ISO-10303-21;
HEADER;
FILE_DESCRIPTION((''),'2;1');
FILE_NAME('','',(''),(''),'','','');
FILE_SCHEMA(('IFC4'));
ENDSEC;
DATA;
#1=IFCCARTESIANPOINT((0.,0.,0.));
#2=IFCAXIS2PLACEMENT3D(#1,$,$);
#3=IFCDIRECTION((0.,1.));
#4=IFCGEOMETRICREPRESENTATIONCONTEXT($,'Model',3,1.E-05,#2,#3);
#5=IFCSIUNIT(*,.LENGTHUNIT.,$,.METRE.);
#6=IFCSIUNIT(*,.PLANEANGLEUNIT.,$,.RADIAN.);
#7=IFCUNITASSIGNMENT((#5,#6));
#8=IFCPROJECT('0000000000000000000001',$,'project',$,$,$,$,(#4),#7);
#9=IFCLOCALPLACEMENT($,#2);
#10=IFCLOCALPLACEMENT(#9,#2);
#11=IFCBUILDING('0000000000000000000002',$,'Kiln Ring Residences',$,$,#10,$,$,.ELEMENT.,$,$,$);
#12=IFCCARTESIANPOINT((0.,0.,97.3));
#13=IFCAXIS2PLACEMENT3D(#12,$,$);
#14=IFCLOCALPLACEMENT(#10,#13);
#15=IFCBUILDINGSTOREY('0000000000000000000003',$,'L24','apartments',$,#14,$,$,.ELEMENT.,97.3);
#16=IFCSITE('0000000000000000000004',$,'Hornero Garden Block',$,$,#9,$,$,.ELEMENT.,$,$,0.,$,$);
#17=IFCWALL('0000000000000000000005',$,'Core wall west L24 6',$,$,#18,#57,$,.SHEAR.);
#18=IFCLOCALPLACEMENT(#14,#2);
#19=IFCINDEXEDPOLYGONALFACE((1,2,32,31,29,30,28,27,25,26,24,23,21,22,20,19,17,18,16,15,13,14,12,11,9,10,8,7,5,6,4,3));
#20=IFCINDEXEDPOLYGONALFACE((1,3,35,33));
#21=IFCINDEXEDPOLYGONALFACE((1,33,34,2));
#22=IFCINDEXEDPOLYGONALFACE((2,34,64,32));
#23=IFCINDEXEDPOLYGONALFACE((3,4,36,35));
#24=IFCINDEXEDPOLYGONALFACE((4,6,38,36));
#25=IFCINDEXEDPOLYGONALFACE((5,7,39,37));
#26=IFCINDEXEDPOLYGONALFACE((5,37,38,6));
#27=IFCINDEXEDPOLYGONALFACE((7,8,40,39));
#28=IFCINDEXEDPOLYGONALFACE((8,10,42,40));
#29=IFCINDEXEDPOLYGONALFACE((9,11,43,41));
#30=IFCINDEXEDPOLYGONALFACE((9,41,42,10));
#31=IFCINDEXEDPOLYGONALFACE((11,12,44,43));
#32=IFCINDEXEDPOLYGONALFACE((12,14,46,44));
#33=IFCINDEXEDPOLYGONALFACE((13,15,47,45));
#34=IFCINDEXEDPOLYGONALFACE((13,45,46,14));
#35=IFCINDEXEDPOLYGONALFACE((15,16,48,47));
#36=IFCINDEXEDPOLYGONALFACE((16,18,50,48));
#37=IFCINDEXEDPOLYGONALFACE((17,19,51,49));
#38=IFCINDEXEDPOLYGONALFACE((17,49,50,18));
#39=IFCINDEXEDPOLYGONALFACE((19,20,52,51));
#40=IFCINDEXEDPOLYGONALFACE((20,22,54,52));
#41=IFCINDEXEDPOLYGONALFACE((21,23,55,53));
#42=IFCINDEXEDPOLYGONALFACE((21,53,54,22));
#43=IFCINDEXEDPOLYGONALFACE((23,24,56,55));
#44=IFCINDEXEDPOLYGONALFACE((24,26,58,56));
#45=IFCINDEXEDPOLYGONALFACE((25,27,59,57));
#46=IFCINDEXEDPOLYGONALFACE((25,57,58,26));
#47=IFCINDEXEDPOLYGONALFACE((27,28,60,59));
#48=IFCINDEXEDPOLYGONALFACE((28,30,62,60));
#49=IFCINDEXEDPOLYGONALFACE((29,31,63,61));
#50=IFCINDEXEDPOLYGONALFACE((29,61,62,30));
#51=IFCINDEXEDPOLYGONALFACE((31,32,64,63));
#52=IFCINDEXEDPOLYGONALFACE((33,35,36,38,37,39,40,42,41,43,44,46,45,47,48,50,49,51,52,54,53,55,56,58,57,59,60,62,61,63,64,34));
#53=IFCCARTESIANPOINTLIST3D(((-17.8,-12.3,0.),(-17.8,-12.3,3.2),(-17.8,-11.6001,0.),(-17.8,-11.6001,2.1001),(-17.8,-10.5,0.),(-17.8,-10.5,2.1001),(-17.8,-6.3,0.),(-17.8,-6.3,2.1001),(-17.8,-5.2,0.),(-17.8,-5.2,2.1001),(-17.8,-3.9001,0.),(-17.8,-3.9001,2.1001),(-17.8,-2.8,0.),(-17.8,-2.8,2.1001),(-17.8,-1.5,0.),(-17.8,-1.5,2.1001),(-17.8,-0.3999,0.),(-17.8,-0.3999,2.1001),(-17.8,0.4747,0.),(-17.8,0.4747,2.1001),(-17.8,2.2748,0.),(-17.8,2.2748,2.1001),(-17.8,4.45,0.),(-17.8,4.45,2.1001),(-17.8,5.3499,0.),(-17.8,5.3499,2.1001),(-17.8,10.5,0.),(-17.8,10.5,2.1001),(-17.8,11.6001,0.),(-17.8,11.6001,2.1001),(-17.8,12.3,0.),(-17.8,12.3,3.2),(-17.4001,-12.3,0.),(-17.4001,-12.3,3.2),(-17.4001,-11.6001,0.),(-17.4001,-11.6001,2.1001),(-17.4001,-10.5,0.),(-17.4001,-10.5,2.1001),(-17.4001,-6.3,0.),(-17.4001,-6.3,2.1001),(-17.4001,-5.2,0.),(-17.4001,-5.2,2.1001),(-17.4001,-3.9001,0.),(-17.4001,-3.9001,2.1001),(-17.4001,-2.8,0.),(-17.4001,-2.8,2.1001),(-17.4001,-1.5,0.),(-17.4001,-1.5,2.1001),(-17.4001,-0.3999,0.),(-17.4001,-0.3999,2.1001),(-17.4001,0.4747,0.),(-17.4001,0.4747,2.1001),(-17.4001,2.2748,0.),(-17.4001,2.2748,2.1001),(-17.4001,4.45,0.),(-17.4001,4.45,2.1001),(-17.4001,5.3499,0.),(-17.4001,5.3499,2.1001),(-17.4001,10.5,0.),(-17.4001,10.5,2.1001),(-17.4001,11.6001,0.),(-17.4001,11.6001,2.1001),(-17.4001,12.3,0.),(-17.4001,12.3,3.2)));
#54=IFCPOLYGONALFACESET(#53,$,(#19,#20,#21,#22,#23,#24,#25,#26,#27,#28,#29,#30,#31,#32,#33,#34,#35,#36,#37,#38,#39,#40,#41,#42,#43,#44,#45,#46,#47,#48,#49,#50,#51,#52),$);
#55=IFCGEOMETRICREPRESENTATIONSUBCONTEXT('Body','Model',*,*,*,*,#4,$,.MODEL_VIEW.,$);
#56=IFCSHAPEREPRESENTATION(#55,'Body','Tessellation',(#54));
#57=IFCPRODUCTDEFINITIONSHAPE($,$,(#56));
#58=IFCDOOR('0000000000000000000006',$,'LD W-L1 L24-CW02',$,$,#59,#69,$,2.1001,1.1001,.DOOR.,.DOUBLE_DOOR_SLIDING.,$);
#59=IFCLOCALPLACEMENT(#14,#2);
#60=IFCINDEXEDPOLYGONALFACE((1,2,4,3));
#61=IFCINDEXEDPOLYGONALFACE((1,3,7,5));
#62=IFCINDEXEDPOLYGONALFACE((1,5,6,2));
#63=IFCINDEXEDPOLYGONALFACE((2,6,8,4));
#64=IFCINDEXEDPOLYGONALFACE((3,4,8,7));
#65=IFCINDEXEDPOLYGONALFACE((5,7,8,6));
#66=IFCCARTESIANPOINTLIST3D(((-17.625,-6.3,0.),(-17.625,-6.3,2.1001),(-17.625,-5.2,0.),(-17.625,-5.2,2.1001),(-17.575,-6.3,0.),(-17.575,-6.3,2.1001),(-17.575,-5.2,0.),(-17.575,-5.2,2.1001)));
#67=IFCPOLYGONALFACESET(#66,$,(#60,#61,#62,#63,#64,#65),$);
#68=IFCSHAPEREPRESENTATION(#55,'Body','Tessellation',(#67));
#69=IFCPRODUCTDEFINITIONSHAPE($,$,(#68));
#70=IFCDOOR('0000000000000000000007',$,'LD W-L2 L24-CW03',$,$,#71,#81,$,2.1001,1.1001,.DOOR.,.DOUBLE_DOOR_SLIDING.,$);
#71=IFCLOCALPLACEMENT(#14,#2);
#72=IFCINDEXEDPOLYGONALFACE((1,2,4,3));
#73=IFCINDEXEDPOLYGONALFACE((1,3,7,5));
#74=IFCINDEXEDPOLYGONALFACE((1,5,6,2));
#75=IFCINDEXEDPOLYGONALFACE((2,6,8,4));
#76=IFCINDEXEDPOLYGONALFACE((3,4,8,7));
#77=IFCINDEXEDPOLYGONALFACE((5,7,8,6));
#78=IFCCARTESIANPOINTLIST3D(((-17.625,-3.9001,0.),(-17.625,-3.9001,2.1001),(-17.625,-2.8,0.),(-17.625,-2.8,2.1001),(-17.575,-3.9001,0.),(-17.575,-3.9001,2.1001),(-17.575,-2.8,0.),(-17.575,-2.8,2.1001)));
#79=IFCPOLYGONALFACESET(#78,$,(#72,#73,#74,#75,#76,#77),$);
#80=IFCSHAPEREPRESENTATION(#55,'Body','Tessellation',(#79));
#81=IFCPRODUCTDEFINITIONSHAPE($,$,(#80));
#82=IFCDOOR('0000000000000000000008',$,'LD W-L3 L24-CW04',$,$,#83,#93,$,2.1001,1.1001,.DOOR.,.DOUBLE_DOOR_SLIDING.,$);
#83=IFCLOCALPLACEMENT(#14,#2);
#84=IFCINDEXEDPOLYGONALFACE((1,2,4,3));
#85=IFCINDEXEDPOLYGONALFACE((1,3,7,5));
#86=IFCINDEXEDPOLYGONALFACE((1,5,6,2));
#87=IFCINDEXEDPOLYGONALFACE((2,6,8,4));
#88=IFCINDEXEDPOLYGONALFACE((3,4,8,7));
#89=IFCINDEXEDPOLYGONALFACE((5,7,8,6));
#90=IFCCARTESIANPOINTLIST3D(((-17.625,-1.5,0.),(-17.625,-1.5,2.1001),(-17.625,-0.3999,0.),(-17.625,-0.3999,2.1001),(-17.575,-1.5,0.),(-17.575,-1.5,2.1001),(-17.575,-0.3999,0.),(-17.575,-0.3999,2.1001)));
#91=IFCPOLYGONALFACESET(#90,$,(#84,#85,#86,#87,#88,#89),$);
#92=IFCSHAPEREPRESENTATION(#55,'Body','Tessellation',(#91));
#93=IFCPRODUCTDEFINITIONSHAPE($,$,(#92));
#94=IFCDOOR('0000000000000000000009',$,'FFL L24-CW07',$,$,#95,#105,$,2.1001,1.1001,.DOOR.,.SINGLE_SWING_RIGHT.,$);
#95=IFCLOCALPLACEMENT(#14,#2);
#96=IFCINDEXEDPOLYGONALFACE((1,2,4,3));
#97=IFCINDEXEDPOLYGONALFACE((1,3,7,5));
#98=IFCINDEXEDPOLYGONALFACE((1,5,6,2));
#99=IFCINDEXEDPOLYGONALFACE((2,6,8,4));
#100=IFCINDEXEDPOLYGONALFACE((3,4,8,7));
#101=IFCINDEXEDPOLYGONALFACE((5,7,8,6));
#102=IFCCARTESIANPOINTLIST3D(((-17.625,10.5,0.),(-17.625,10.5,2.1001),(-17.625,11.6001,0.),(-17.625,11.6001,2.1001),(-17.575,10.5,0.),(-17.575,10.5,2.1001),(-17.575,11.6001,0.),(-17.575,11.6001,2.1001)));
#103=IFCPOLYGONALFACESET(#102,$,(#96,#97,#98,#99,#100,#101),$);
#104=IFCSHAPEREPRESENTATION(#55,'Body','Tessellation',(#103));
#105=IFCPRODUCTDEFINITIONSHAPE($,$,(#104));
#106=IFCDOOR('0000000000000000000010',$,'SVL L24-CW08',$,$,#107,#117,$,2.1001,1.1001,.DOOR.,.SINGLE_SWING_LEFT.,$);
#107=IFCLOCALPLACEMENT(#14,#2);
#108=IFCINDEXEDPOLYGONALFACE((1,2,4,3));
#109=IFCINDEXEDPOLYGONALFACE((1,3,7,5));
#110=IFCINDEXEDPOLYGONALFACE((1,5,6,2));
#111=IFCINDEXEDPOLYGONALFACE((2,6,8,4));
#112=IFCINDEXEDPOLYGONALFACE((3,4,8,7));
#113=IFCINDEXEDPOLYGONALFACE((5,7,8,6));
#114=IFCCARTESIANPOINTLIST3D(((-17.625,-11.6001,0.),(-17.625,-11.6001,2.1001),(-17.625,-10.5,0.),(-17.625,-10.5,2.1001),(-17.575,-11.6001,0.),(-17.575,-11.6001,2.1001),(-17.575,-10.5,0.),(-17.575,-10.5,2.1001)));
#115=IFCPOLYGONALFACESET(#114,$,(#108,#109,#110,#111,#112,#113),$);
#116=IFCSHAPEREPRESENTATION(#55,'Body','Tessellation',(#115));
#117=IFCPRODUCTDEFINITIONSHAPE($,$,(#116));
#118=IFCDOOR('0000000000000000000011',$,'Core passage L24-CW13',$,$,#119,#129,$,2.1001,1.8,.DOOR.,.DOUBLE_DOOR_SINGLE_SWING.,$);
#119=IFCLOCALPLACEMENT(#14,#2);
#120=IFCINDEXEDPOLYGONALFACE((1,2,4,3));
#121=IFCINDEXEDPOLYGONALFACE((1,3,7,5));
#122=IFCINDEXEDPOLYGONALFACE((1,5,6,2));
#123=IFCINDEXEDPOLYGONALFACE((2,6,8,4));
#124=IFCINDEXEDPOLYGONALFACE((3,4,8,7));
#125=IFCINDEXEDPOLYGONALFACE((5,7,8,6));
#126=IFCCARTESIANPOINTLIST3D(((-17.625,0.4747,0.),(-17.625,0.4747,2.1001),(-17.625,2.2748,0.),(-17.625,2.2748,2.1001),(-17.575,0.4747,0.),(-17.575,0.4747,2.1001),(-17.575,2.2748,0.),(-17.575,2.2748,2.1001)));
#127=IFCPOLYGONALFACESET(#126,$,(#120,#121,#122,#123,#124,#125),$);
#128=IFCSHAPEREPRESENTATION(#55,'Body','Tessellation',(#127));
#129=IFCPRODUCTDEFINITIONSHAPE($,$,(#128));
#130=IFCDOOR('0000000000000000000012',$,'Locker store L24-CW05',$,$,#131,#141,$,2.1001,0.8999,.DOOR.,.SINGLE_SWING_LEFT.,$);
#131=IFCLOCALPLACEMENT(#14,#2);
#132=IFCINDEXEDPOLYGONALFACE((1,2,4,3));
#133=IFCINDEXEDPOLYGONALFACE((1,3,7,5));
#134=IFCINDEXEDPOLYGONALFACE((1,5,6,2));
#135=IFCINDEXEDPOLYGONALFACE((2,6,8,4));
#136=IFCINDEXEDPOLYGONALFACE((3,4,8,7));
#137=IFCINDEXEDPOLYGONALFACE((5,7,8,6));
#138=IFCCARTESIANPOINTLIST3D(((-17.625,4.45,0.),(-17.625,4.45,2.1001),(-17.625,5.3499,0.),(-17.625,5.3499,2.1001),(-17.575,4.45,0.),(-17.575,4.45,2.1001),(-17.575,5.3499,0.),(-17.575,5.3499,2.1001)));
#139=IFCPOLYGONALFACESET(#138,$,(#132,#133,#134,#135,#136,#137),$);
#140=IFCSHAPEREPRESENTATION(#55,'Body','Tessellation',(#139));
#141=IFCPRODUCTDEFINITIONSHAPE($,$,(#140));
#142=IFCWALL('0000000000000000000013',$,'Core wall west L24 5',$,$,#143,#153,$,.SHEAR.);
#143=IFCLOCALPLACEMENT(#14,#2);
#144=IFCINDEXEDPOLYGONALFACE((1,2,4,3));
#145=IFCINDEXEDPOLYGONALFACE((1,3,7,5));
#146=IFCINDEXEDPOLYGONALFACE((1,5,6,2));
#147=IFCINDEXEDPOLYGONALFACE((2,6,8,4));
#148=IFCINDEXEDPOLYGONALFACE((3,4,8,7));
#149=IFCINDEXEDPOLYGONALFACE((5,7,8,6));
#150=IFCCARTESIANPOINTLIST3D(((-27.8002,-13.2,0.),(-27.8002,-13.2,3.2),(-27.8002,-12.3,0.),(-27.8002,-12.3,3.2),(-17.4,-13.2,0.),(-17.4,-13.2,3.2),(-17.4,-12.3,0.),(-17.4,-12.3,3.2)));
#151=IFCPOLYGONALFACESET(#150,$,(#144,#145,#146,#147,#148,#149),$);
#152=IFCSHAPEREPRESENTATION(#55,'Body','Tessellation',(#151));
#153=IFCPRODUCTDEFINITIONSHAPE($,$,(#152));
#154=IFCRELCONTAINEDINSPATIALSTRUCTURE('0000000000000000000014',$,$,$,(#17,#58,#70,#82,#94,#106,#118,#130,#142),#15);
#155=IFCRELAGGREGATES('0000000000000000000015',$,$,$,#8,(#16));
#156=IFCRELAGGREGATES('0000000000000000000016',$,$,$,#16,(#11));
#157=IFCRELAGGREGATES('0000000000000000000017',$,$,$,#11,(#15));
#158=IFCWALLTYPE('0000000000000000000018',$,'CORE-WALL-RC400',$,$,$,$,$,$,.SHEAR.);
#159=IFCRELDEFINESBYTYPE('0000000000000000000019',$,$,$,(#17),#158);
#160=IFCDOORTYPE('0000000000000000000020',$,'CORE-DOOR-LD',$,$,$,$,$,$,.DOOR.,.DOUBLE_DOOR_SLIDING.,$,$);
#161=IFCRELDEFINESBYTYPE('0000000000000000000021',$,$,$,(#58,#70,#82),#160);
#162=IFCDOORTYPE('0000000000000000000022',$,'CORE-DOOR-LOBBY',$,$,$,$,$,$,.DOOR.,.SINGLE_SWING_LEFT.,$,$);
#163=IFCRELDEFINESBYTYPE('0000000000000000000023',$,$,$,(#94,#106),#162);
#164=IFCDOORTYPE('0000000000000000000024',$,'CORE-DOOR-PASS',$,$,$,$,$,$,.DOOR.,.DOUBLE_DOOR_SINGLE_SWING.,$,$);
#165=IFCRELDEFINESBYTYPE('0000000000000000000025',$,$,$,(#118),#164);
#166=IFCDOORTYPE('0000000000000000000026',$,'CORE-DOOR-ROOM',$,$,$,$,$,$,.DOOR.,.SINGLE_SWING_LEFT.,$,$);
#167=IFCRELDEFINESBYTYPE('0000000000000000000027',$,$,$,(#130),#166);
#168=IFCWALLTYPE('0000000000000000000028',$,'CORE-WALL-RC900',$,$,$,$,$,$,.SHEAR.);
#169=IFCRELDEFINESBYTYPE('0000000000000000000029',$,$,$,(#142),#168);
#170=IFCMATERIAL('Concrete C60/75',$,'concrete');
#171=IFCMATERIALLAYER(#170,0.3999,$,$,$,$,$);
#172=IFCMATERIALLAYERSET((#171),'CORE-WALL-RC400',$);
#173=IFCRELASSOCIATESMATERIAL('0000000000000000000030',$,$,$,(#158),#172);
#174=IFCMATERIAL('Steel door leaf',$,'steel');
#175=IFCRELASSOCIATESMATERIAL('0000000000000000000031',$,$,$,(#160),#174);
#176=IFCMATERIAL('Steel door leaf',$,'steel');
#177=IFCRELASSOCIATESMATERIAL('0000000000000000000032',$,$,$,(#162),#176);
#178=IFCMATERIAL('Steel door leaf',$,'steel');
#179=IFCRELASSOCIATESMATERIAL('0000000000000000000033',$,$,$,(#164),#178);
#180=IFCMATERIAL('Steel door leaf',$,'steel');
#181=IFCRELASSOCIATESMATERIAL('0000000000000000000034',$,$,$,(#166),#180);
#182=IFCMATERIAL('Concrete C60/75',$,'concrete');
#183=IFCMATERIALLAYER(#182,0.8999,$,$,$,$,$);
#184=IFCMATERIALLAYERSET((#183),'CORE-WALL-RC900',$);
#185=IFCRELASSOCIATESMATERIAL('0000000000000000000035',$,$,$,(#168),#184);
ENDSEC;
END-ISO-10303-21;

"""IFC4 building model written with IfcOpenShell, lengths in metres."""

from ifc_helpers import new_model, si_unit, direction, frame, frame_2d, origin, place, context, subcontext, project, spatial, rectangle, extrude, material, layer, layer_set, type_object, element, fill, save


model = new_model("IFC4")

# Units and contexts
model_context = context("Model", 3, precision=1e-05, world=origin(), true_north=direction((0.0, 1.0)))
body_context = subcontext(model_context, "Body", "Model", "MODEL_VIEW")
ifc_project = project(units=[si_unit("LENGTHUNIT", "METRE"), si_unit("PLANEANGLEUNIT", "RADIAN")], contexts=[model_context])

# Site, building, storey
site_placement = place(None, origin())
site = spatial("IfcSite", under=ifc_project, at=site_placement, Name="Hornero Garden Block", CompositionType="ELEMENT", RefElevation=0.0)
building_placement = place(site_placement, origin())
building = spatial("IfcBuilding", under=site, at=building_placement, Name="Kiln Ring Residences", CompositionType="ELEMENT")
storey_placement = place(building_placement, frame((0.0, 0.0, 97.3)))
storey = spatial("IfcBuildingStorey", under=building, at=storey_placement, Name="L24", Description="apartments", CompositionType="ELEMENT", Elevation=97.3)

# Wall, openings, doors
ifc_material_1 = material(Name="Concrete C60/75", Category="concrete")
ifc_layer_1 = layer(ifc_material_1, 0.3999)
ifc_layer_set_1 = layer_set([ifc_layer_1], Name="CORE-WALL-RC400")
wall_type_1 = type_object("IfcWallType", Name="CORE-WALL-RC400", PredefinedType="SHEAR", material=ifc_layer_set_1)
wall_1_placement = place(storey_placement, frame((-17.6001, -12.3, 0.0), z_axis=(0.0, 0.0, 1.0), x_axis=(0.0, 1.0, 0.0)))
wall_1 = element("IfcWall", 1, at=wall_1_placement, inside=storey, type_object=wall_type_1, Name="Core wall west L24 6", PredefinedType="SHEAR", context=body_context, shape_type="SweptSolid", body=[
    extrude(rectangle(XDim=24.6001, YDim=0.3999, at=frame_2d((12.3, 0.0))), origin(), (0.0, 0.0, 1.0), 3.2),
])
opening_1_placement = place(wall_1_placement, frame((6.0, 0.0, 0.0)))
opening_1 = element("IfcOpeningElement", 2, at=opening_1_placement, cuts=wall_1, PredefinedType="OPENING", context=body_context, shape_type="SweptSolid", body=[
    extrude(rectangle(XDim=1.1001, YDim=2.1001, at=frame_2d((0.55, 1.05))), frame((0.0, 0.21, 0.0), z_axis=(0.0, -1.0, 0.0), x_axis=(1.0, 0.0, 0.0)), (0.0, 0.0, 1.0), 0.4199),
])
opening_2_placement = place(wall_1_placement, frame((8.3999, 0.0, 0.0)))
opening_2 = element("IfcOpeningElement", 3, at=opening_2_placement, cuts=wall_1, PredefinedType="OPENING", context=body_context, shape_type="SweptSolid", body=[
    extrude(rectangle(XDim=1.1001, YDim=2.1001, at=frame_2d((0.55, 1.05))), frame((0.0, 0.21, 0.0), z_axis=(0.0, -1.0, 0.0), x_axis=(1.0, 0.0, 0.0)), (0.0, 0.0, 1.0), 0.4199),
])
opening_3_placement = place(wall_1_placement, frame((10.8, 0.0, 0.0)))
opening_3 = element("IfcOpeningElement", 4, at=opening_3_placement, cuts=wall_1, PredefinedType="OPENING", context=body_context, shape_type="SweptSolid", body=[
    extrude(rectangle(XDim=1.1001, YDim=2.1001, at=frame_2d((0.55, 1.05))), frame((0.0, 0.21, 0.0), z_axis=(0.0, -1.0, 0.0), x_axis=(1.0, 0.0, 0.0)), (0.0, 0.0, 1.0), 0.4199),
])
opening_4_placement = place(wall_1_placement, frame((16.75, 0.0, 0.0)))
opening_4 = element("IfcOpeningElement", 5, at=opening_4_placement, cuts=wall_1, PredefinedType="OPENING", context=body_context, shape_type="SweptSolid", body=[
    extrude(rectangle(XDim=0.8999, YDim=2.1001, at=frame_2d((0.45, 1.05))), frame((0.0, 0.21, 0.0), z_axis=(0.0, -1.0, 0.0), x_axis=(1.0, 0.0, 0.0)), (0.0, 0.0, 1.0), 0.4199),
])
opening_5_placement = place(wall_1_placement, frame((22.8, 0.0, 0.0)))
opening_5 = element("IfcOpeningElement", 6, at=opening_5_placement, cuts=wall_1, PredefinedType="OPENING", context=body_context, shape_type="SweptSolid", body=[
    extrude(rectangle(XDim=1.1001, YDim=2.1001, at=frame_2d((0.55, 1.05))), frame((0.0, 0.21, 0.0), z_axis=(0.0, -1.0, 0.0), x_axis=(1.0, 0.0, 0.0)), (0.0, 0.0, 1.0), 0.4199),
])
opening_6_placement = place(wall_1_placement, frame((0.7, 0.0, 0.0)))
opening_6 = element("IfcOpeningElement", 7, at=opening_6_placement, cuts=wall_1, PredefinedType="OPENING", context=body_context, shape_type="SweptSolid", body=[
    extrude(rectangle(XDim=1.1001, YDim=2.1001, at=frame_2d((0.55, 1.05))), frame((0.0, 0.21, 0.0), z_axis=(0.0, -1.0, 0.0), x_axis=(1.0, 0.0, 0.0)), (0.0, 0.0, 1.0), 0.4199),
])
opening_7_placement = place(wall_1_placement, frame((12.7749, 0.0, 0.0)))
opening_7 = element("IfcOpeningElement", 8, at=opening_7_placement, cuts=wall_1, PredefinedType="OPENING", context=body_context, shape_type="SweptSolid", body=[
    extrude(rectangle(XDim=1.8, YDim=2.1001, at=frame_2d((0.8999, 1.05))), frame((0.0, 0.21, 0.0), z_axis=(0.0, -1.0, 0.0), x_axis=(1.0, 0.0, 0.0)), (0.0, 0.0, 1.0), 0.4199),
])
ifc_material_2 = material(Name="Steel door leaf", Category="steel")
door_type_1 = type_object("IfcDoorType", Name="CORE-DOOR-LD", OperationType="DOUBLE_DOOR_SLIDING", PredefinedType="DOOR", material=ifc_material_2)
door_1_placement = place(opening_1_placement, origin())
door_1 = element("IfcDoor", 9, at=door_1_placement, inside=storey, type_object=door_type_1, Name="LD W-L1 L24-CW02", OperationType="DOUBLE_DOOR_SLIDING", OverallHeight=2.1001, OverallWidth=1.1001, PredefinedType="DOOR", context=body_context, shape_type="SweptSolid", body=[
    extrude(rectangle(XDim=1.1001, YDim=2.1001, at=frame_2d((0.55, 1.05))), frame((0.0, 0.0249, 0.0), z_axis=(0.0, -1.0, 0.0), x_axis=(1.0, 0.0, 0.0)), (0.0, 0.0, 1.0), 0.05),
])
fill(opening_1, door_1)
door_2_placement = place(opening_2_placement, origin())
door_2 = element("IfcDoor", 10, at=door_2_placement, inside=storey, type_object=door_type_1, Name="LD W-L2 L24-CW03", OperationType="DOUBLE_DOOR_SLIDING", OverallHeight=2.1001, OverallWidth=1.1001, PredefinedType="DOOR", context=body_context, shape_type="SweptSolid", body=[
    extrude(rectangle(XDim=1.1001, YDim=2.1001, at=frame_2d((0.55, 1.05))), frame((0.0, 0.0249, 0.0), z_axis=(0.0, -1.0, 0.0), x_axis=(1.0, 0.0, 0.0)), (0.0, 0.0, 1.0), 0.05),
])
fill(opening_2, door_2)
door_3_placement = place(opening_3_placement, origin())
door_3 = element("IfcDoor", 11, at=door_3_placement, inside=storey, type_object=door_type_1, Name="LD W-L3 L24-CW04", OperationType="DOUBLE_DOOR_SLIDING", OverallHeight=2.1001, OverallWidth=1.1001, PredefinedType="DOOR", context=body_context, shape_type="SweptSolid", body=[
    extrude(rectangle(XDim=1.1001, YDim=2.1001, at=frame_2d((0.55, 1.05))), frame((0.0, 0.0249, 0.0), z_axis=(0.0, -1.0, 0.0), x_axis=(1.0, 0.0, 0.0)), (0.0, 0.0, 1.0), 0.05),
])
fill(opening_3, door_3)
ifc_material_3 = material(Name="Steel door leaf", Category="steel")
door_type_2 = type_object("IfcDoorType", Name="CORE-DOOR-LOBBY", OperationType="SINGLE_SWING_LEFT", PredefinedType="DOOR", material=ifc_material_3)
door_4_placement = place(opening_5_placement, origin())
door_4 = element("IfcDoor", 12, at=door_4_placement, inside=storey, type_object=door_type_2, Name="FFL L24-CW07", OperationType="SINGLE_SWING_RIGHT", OverallHeight=2.1001, OverallWidth=1.1001, PredefinedType="DOOR", context=body_context, shape_type="SweptSolid", body=[
    extrude(rectangle(XDim=1.1001, YDim=2.1001, at=frame_2d((0.55, 1.05))), frame((0.0, 0.0249, 0.0), z_axis=(0.0, -1.0, 0.0), x_axis=(1.0, 0.0, 0.0)), (0.0, 0.0, 1.0), 0.05),
])
fill(opening_5, door_4)
door_5_placement = place(opening_6_placement, origin())
door_5 = element("IfcDoor", 13, at=door_5_placement, inside=storey, type_object=door_type_2, Name="SVL L24-CW08", OperationType="SINGLE_SWING_LEFT", OverallHeight=2.1001, OverallWidth=1.1001, PredefinedType="DOOR", context=body_context, shape_type="SweptSolid", body=[
    extrude(rectangle(XDim=1.1001, YDim=2.1001, at=frame_2d((0.55, 1.05))), frame((0.0, 0.0249, 0.0), z_axis=(0.0, -1.0, 0.0), x_axis=(1.0, 0.0, 0.0)), (0.0, 0.0, 1.0), 0.05),
])
fill(opening_6, door_5)
ifc_material_4 = material(Name="Steel door leaf", Category="steel")
door_type_3 = type_object("IfcDoorType", Name="CORE-DOOR-PASS", OperationType="DOUBLE_DOOR_SINGLE_SWING", PredefinedType="DOOR", material=ifc_material_4)
door_6_placement = place(opening_7_placement, origin())
door_6 = element("IfcDoor", 14, at=door_6_placement, inside=storey, type_object=door_type_3, Name="Core passage L24-CW13", OperationType="DOUBLE_DOOR_SINGLE_SWING", OverallHeight=2.1001, OverallWidth=1.8, PredefinedType="DOOR", context=body_context, shape_type="SweptSolid", body=[
    extrude(rectangle(XDim=1.8, YDim=2.1001, at=frame_2d((0.8999, 1.05))), frame((0.0, 0.0249, 0.0), z_axis=(0.0, -1.0, 0.0), x_axis=(1.0, 0.0, 0.0)), (0.0, 0.0, 1.0), 0.05),
])
fill(opening_7, door_6)
ifc_material_5 = material(Name="Steel door leaf", Category="steel")
door_type_4 = type_object("IfcDoorType", Name="CORE-DOOR-ROOM", OperationType="SINGLE_SWING_LEFT", PredefinedType="DOOR", material=ifc_material_5)
door_7_placement = place(opening_4_placement, origin())
door_7 = element("IfcDoor", 15, at=door_7_placement, inside=storey, type_object=door_type_4, Name="Locker store L24-CW05", OperationType="SINGLE_SWING_LEFT", OverallHeight=2.1001, OverallWidth=0.8999, PredefinedType="DOOR", context=body_context, shape_type="SweptSolid", body=[
    extrude(rectangle(XDim=0.8999, YDim=2.1001, at=frame_2d((0.45, 1.05))), frame((0.0, 0.0249, 0.0), z_axis=(0.0, -1.0, 0.0), x_axis=(1.0, 0.0, 0.0)), (0.0, 0.0, 1.0), 0.05),
])
fill(opening_4, door_7)

# Wall
ifc_material_6 = material(Name="Concrete C60/75", Category="concrete")
ifc_layer_2 = layer(ifc_material_6, 0.8999)
ifc_layer_set_2 = layer_set([ifc_layer_2], Name="CORE-WALL-RC900")
wall_type_2 = type_object("IfcWallType", Name="CORE-WALL-RC900", PredefinedType="SHEAR", material=ifc_layer_set_2)
wall_2_placement = place(storey_placement, frame((-17.3999, -12.75, 0.0), z_axis=(0.0, 0.0, 1.0), x_axis=(-1.0, 0.0, 0.0)))
element("IfcWall", 16, at=wall_2_placement, inside=storey, type_object=wall_type_2, Name="Core wall west L24 5", PredefinedType="SHEAR", context=body_context, shape_type="SweptSolid", body=[
    extrude(rectangle(XDim=10.4001, YDim=0.8999, at=frame_2d((5.2002, 0.0))), origin(), (0.0, 0.0, 1.0), 3.2),
])

save(model, "model.ifc")
